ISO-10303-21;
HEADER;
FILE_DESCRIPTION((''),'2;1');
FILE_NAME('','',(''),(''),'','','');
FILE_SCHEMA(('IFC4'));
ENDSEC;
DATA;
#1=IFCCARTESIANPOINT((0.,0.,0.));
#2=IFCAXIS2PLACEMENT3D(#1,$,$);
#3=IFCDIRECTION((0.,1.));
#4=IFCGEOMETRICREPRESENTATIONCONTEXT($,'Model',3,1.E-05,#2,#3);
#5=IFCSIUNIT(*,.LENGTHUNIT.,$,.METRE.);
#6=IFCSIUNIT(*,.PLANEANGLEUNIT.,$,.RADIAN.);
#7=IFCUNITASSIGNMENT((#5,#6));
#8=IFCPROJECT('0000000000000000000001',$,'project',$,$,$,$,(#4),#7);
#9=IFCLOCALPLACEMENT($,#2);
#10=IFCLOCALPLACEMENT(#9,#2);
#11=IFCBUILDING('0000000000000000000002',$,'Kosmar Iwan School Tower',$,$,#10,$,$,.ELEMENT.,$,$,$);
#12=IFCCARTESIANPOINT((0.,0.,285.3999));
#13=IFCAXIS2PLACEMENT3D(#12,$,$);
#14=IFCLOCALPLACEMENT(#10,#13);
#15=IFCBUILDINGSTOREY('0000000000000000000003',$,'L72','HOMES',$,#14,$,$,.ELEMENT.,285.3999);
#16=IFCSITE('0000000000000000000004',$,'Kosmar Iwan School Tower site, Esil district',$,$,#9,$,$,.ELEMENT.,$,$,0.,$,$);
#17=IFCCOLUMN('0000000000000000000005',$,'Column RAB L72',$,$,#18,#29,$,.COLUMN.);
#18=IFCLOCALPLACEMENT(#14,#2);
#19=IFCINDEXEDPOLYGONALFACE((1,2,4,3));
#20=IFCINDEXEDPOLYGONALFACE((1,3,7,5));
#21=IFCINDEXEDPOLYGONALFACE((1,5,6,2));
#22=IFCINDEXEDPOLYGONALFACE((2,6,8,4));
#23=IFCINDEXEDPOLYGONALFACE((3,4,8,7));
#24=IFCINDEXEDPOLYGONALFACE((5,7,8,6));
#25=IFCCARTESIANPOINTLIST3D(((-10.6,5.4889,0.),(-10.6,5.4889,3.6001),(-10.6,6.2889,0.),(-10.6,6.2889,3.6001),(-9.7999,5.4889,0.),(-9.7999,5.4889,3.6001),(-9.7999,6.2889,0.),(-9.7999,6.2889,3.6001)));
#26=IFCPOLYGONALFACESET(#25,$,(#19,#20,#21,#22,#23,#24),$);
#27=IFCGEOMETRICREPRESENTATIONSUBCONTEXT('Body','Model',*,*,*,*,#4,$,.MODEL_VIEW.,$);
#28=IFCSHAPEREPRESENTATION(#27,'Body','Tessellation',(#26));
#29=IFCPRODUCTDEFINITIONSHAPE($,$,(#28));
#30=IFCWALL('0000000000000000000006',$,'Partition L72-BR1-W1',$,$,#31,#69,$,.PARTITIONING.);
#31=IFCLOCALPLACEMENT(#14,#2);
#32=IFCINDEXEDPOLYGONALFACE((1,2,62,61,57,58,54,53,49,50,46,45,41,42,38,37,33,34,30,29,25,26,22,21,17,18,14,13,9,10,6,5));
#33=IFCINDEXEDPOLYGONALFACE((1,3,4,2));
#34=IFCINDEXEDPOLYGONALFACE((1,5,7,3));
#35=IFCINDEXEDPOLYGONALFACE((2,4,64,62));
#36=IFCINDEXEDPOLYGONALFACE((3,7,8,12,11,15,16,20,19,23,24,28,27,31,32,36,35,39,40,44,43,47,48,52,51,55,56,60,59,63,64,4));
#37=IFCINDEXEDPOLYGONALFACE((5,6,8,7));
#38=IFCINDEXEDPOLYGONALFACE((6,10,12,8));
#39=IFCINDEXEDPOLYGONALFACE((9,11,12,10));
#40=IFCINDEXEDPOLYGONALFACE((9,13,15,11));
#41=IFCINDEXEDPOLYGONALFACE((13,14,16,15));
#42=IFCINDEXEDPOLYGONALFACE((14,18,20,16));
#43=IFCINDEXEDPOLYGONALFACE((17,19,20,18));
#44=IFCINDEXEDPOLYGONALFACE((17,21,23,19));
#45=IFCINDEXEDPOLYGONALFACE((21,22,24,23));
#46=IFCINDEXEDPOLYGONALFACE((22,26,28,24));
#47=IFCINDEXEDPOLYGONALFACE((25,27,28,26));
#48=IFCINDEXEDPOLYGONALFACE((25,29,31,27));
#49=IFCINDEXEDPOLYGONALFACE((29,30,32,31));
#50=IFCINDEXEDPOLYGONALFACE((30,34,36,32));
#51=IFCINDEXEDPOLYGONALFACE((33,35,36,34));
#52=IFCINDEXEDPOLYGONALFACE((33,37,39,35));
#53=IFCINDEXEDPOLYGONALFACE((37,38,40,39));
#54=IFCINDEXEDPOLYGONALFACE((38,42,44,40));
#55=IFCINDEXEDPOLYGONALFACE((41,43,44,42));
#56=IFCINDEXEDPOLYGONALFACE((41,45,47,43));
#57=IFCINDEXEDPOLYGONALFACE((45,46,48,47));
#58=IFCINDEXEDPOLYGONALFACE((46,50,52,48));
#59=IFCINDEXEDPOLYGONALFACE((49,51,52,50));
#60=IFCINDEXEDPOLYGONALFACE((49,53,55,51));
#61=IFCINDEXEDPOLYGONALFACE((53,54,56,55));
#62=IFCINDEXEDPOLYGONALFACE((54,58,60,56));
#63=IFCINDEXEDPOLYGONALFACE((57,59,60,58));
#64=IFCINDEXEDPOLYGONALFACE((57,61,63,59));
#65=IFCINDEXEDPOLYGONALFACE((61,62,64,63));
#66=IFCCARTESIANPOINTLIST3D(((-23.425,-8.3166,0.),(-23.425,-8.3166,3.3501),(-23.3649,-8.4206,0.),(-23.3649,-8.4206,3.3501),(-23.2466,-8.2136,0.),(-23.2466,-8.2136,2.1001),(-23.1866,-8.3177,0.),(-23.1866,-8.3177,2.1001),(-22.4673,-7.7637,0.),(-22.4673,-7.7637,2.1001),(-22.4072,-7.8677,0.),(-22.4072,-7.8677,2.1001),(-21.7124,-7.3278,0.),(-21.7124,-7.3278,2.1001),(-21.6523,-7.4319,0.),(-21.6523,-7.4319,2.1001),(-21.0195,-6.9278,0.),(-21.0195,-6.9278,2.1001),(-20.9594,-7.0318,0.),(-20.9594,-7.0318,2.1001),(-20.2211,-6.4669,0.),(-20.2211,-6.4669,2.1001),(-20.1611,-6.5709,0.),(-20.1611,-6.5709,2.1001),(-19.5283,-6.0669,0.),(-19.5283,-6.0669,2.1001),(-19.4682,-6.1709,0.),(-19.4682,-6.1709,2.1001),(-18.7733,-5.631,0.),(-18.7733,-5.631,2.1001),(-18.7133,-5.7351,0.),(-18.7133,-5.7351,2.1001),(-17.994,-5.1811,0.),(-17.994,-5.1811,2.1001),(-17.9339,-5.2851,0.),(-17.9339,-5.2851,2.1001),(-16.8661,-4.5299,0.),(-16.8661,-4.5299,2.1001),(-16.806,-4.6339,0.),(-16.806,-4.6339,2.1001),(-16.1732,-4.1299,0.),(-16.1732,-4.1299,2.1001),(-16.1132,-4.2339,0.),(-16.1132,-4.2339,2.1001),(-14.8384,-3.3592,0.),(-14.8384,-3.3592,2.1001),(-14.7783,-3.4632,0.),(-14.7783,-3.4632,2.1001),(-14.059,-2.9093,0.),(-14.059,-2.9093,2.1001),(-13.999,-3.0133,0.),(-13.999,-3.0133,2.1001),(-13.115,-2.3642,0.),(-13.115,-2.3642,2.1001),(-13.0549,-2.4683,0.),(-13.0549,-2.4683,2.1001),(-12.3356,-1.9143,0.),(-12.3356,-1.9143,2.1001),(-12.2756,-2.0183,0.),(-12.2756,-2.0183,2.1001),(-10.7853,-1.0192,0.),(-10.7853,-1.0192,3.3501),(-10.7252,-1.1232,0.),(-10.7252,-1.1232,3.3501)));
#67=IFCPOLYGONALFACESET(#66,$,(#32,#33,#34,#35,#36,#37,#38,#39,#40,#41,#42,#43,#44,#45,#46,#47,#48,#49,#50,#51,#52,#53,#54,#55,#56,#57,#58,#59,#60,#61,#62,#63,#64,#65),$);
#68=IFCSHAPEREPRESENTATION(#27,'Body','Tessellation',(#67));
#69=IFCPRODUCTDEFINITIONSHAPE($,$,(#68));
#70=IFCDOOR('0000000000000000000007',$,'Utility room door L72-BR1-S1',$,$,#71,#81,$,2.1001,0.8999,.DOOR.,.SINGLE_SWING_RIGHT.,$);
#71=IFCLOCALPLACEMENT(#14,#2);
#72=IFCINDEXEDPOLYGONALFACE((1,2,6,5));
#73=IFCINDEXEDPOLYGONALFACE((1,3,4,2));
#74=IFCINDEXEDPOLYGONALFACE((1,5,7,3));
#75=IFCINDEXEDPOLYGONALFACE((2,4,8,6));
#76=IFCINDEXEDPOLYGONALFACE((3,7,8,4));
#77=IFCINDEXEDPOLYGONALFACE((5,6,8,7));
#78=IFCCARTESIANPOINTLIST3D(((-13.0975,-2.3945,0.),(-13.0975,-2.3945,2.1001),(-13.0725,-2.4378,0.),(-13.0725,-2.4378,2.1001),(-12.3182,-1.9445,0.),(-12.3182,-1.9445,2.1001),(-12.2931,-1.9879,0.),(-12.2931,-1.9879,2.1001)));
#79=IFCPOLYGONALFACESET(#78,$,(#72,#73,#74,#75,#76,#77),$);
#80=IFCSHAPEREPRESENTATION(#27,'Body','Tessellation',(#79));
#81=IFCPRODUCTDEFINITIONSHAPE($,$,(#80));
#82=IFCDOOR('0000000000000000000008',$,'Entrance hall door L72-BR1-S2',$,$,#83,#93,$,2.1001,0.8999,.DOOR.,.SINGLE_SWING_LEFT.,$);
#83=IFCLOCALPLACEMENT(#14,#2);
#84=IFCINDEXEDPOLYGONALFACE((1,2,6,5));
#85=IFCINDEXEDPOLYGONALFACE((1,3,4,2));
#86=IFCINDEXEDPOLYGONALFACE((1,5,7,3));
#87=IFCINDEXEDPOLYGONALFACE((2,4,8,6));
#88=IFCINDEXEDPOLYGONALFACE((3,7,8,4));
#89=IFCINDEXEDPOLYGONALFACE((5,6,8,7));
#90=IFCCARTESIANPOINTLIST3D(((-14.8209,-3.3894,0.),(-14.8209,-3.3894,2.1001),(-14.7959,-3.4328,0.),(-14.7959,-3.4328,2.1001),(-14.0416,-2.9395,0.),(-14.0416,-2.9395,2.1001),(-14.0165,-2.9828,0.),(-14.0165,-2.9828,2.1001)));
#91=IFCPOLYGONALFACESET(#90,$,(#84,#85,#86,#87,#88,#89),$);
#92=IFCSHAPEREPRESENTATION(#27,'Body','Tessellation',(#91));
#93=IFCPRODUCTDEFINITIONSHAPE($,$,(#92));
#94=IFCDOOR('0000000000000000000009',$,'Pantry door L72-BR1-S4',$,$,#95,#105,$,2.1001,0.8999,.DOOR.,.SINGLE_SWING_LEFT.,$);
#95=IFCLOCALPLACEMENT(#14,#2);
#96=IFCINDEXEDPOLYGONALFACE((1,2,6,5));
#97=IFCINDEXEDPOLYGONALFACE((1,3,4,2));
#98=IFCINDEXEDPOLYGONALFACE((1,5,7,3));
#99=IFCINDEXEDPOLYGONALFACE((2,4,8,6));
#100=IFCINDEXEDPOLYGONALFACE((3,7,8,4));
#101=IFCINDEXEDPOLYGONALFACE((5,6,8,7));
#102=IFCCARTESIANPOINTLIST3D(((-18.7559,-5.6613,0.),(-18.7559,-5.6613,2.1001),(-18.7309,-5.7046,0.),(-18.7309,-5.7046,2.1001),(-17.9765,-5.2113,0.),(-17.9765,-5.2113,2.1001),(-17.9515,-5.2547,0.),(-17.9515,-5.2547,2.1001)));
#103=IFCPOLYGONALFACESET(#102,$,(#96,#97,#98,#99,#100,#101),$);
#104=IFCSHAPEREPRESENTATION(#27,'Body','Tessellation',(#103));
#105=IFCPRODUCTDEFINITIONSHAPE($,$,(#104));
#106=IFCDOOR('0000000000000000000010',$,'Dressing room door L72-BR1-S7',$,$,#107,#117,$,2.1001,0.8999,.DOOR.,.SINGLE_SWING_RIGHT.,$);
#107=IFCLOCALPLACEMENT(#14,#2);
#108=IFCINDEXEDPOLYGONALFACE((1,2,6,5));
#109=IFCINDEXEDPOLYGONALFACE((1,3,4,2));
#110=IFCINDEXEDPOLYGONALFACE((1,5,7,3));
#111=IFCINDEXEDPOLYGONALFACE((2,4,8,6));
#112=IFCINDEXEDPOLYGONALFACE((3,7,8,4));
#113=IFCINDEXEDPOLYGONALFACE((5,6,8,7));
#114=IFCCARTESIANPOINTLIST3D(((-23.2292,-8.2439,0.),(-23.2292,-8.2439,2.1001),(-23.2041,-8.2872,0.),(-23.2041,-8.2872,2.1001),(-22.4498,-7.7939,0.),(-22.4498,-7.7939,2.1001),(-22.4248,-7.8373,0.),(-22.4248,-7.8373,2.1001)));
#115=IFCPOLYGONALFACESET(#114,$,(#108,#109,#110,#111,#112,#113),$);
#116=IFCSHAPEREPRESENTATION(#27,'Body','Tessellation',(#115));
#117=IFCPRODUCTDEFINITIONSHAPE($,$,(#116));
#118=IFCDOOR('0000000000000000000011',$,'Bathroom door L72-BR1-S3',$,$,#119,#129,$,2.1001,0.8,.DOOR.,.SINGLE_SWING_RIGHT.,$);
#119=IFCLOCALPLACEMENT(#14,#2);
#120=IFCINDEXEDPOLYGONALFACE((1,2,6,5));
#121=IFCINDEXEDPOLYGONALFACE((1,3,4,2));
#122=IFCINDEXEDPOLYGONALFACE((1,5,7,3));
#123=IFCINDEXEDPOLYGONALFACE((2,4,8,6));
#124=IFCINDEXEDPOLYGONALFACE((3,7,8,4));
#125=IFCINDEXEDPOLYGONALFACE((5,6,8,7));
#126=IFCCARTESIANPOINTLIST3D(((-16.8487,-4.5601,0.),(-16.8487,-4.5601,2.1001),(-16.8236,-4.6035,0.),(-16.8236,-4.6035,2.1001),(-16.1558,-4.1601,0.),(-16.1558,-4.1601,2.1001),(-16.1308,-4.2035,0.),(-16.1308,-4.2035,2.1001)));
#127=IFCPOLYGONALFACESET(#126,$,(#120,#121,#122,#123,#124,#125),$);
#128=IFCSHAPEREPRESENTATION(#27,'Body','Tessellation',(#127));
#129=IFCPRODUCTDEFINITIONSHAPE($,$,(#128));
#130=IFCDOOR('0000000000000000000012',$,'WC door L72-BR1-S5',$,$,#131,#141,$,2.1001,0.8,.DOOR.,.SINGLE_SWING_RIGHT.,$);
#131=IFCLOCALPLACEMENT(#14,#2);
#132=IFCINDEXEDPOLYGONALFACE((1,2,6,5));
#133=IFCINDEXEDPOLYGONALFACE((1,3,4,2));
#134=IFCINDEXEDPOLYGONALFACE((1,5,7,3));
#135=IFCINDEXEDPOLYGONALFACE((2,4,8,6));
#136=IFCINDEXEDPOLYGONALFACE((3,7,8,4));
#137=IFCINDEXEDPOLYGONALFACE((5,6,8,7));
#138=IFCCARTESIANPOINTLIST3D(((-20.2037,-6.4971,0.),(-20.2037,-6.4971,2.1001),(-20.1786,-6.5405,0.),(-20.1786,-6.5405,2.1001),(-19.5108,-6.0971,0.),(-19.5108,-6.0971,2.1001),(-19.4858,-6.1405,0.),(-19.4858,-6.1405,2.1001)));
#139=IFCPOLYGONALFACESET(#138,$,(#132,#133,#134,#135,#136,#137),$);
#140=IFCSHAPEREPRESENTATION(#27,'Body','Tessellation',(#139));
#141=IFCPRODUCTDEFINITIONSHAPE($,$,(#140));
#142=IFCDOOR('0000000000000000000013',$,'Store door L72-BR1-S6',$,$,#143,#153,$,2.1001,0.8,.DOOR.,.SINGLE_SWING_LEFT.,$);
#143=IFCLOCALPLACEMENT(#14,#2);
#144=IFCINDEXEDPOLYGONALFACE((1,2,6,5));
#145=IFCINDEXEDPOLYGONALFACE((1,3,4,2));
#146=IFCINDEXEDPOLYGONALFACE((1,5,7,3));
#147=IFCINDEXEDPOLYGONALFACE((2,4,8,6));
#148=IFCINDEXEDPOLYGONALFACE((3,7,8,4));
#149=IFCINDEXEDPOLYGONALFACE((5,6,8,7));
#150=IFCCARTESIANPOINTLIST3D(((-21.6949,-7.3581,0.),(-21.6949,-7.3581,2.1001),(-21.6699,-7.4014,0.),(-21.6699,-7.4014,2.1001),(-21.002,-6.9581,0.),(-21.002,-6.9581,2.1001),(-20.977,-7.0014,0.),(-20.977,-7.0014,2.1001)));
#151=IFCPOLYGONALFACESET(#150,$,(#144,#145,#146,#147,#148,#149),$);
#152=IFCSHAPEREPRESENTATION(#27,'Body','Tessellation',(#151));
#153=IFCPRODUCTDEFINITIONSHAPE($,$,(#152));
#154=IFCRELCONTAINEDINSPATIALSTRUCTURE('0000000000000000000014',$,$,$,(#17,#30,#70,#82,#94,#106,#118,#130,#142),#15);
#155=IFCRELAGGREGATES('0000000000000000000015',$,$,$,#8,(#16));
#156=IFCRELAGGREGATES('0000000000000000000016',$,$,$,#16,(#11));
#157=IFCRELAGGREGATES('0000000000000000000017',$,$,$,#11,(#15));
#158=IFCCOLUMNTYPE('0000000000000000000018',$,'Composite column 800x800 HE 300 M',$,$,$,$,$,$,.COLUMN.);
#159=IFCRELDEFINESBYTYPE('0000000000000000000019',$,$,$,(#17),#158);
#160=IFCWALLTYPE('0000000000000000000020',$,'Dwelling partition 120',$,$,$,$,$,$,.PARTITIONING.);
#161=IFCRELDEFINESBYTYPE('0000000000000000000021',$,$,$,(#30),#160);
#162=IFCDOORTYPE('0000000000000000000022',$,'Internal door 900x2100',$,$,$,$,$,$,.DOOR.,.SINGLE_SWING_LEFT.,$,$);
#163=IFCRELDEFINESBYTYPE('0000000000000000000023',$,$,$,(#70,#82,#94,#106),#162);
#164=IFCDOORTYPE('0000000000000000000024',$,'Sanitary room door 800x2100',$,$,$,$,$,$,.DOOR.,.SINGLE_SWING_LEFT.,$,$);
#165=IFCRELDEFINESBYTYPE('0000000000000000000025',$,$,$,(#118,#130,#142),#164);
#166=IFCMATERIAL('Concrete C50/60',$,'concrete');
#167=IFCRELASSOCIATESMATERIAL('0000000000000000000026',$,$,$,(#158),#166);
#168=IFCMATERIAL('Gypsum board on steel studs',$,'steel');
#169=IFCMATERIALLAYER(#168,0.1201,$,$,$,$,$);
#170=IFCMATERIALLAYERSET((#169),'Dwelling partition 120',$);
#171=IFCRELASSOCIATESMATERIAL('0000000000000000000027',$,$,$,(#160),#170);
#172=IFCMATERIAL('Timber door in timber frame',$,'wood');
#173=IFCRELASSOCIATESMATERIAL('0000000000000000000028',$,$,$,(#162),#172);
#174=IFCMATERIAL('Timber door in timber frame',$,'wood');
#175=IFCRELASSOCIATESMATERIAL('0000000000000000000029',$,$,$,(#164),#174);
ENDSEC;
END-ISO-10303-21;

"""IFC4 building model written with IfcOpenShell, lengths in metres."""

from ifc_helpers import new_model, si_unit, direction, frame, frame_2d, origin, origin_2d, place, context, subcontext, project, spatial, rectangle, extrude, material, layer, layer_set, material_profile, profile_set, type_object, element, fill, save


model = new_model("IFC4")

# Units and contexts
model_context = context("Model", 3, precision=1e-05, world=origin(), true_north=direction((0.0, 1.0)))
body_context = subcontext(model_context, "Body", "Model", "MODEL_VIEW")
ifc_project = project(units=[si_unit("LENGTHUNIT", "METRE"), si_unit("PLANEANGLEUNIT", "RADIAN")], contexts=[model_context])

# Site, building, storey
site_placement = place(None, origin())
site = spatial("IfcSite", under=ifc_project, at=site_placement, Name="Kosmar Iwan School Tower site, Esil district", CompositionType="ELEMENT", RefElevation=0.0)
building_placement = place(site_placement, origin())
building = spatial("IfcBuilding", under=site, at=building_placement, Name="Kosmar Iwan School Tower", CompositionType="ELEMENT")
storey_placement = place(building_placement, frame((0.0, 0.0, 285.3999)))
storey = spatial("IfcBuildingStorey", under=building, at=storey_placement, Name="L72", Description="HOMES", CompositionType="ELEMENT", Elevation=285.3999)

# Column
ifc_material_1 = material(Name="Concrete C50/60", Category="concrete")
ifc_material_profile = material_profile(ifc_material_1, rectangle(XDim=0.8, YDim=0.8, at=origin_2d()), Name="RC 800x800 + HE 300 M")
ifc_profile_set = profile_set([ifc_material_profile], Name="Concrete C50/60")
column_type = type_object("IfcColumnType", Name="Composite column 800x800 HE 300 M", PredefinedType="COLUMN", material=ifc_profile_set)
column_placement = place(storey_placement, frame((-10.2, 5.8889, 0.0), z_axis=(0.0, 0.0, 1.0), x_axis=(1.0, 0.0, 0.0)))
element("IfcColumn", 1, at=column_placement, inside=storey, type_object=column_type, Name="Column RAB L72", PredefinedType="COLUMN", context=body_context, shape_type="SweptSolid", body=[
    extrude(rectangle(XDim=0.8, YDim=0.8, at=origin_2d()), origin(), (0.0, 0.0, 1.0), 3.6001),
])

# Wall, openings, doors
ifc_material_2 = material(Name="Gypsum board on steel studs", Category="steel")
ifc_layer_1 = layer(ifc_material_2, 0.1201)
ifc_layer_set_1 = layer_set([ifc_layer_1], Name="Dwelling partition 120")
wall_type_1 = type_object("IfcWallType", Name="Dwelling partition 120", PredefinedType="PARTITIONING", material=ifc_layer_set_1)
wall_1_placement = place(storey_placement, frame((-10.7554, -1.0713, 0.0), z_axis=(0.0, 0.0, 1.0), x_axis=(-0.86603, -0.499993, 0.0)))
wall_1 = element("IfcWall", 2, at=wall_1_placement, inside=storey, type_object=wall_type_1, Name="Partition L72-BR1-W1", PredefinedType="PARTITIONING", context=body_context, shape_type="SweptSolid", body=[
    extrude(rectangle(XDim=14.595, YDim=0.1201, at=frame_2d((7.2974, 0.0))), origin(), (0.0, 0.0, 1.0), 3.3501),
])
opening_1_placement = place(wall_1_placement, frame((1.79, 0.0, 0.0)))
opening_1 = element("IfcOpeningElement", 3, at=opening_1_placement, cuts=wall_1, PredefinedType="OPENING", context=body_context, shape_type="SweptSolid", body=[
    extrude(rectangle(XDim=0.8999, YDim=2.1001, at=frame_2d((0.45, 1.05))), frame((0.0, 0.072, 0.0), z_axis=(0.0, -1.0, 0.0), x_axis=(1.0, 0.0, 0.0)), (0.0, 0.0, 1.0), 0.144),
])
opening_2_placement = place(wall_1_placement, frame((3.78, 0.0, 0.0)))
opening_2 = element("IfcOpeningElement", 4, at=opening_2_placement, cuts=wall_1, PredefinedType="OPENING", context=body_context, shape_type="SweptSolid", body=[
    extrude(rectangle(XDim=0.8999, YDim=2.1001, at=frame_2d((0.45, 1.05))), frame((0.0, 0.072, 0.0), z_axis=(0.0, -1.0, 0.0), x_axis=(1.0, 0.0, 0.0)), (0.0, 0.0, 1.0), 0.144),
])
opening_3_placement = place(wall_1_placement, frame((6.2214, 0.0, 0.0)))
opening_3 = element("IfcOpeningElement", 5, at=opening_3_placement, cuts=wall_1, PredefinedType="OPENING", context=body_context, shape_type="SweptSolid", body=[
    extrude(rectangle(XDim=0.8, YDim=2.1001, at=frame_2d((0.3999, 1.05))), frame((0.0, 0.072, 0.0), z_axis=(0.0, -1.0, 0.0), x_axis=(1.0, 0.0, 0.0)), (0.0, 0.0, 1.0), 0.144),
])
opening_4_placement = place(wall_1_placement, frame((8.3237, 0.0, 0.0)))
opening_4 = element("IfcOpeningElement", 6, at=opening_4_placement, cuts=wall_1, PredefinedType="OPENING", context=body_context, shape_type="SweptSolid", body=[
    extrude(rectangle(XDim=0.8999, YDim=2.1001, at=frame_2d((0.45, 1.05))), frame((0.0, 0.072, 0.0), z_axis=(0.0, -1.0, 0.0), x_axis=(1.0, 0.0, 0.0)), (0.0, 0.0, 1.0), 0.144),
])
opening_5_placement = place(wall_1_placement, frame((10.0955, 0.0, 0.0)))
opening_5 = element("IfcOpeningElement", 7, at=opening_5_placement, cuts=wall_1, PredefinedType="OPENING", context=body_context, shape_type="SweptSolid", body=[
    extrude(rectangle(XDim=0.8, YDim=2.1001, at=frame_2d((0.3999, 1.05))), frame((0.0, 0.072, 0.0), z_axis=(0.0, -1.0, 0.0), x_axis=(1.0, 0.0, 0.0)), (0.0, 0.0, 1.0), 0.144),
])
opening_6_placement = place(wall_1_placement, frame((11.8174, 0.0, 0.0)))
opening_6 = element("IfcOpeningElement", 8, at=opening_6_placement, cuts=wall_1, PredefinedType="OPENING", context=body_context, shape_type="SweptSolid", body=[
    extrude(rectangle(XDim=0.8, YDim=2.1001, at=frame_2d((0.3999, 1.05))), frame((0.0, 0.072, 0.0), z_axis=(0.0, -1.0, 0.0), x_axis=(1.0, 0.0, 0.0)), (0.0, 0.0, 1.0), 0.144),
])
opening_7_placement = place(wall_1_placement, frame((13.489, 0.0, 0.0)))
opening_7 = element("IfcOpeningElement", 9, at=opening_7_placement, cuts=wall_1, PredefinedType="OPENING", context=body_context, shape_type="SweptSolid", body=[
    extrude(rectangle(XDim=0.8999, YDim=2.1001, at=frame_2d((0.45, 1.05))), frame((0.0, 0.072, 0.0), z_axis=(0.0, -1.0, 0.0), x_axis=(1.0, 0.0, 0.0)), (0.0, 0.0, 1.0), 0.144),
])
ifc_material_3 = material(Name="Timber door in timber frame", Category="wood")
door_type_1 = type_object("IfcDoorType", Name="Internal door 900x2100", OperationType="SINGLE_SWING_LEFT", PredefinedType="DOOR", material=ifc_material_3)
door_1_placement = place(opening_1_placement, origin())
door_1 = element("IfcDoor", 10, at=door_1_placement, inside=storey, type_object=door_type_1, Name="Utility room door L72-BR1-S1", OperationType="SINGLE_SWING_RIGHT", OverallHeight=2.1001, OverallWidth=0.8999, PredefinedType="DOOR", context=body_context, shape_type="SweptSolid", body=[
    extrude(rectangle(XDim=0.8999, YDim=2.1001, at=frame_2d((0.45, 1.05))), frame((0.0, 0.0249, 0.0), z_axis=(0.0, -1.0, 0.0), x_axis=(1.0, 0.0, 0.0)), (0.0, 0.0, 1.0), 0.05),
])
fill(opening_1, door_1)
door_2_placement = place(opening_2_placement, origin())
door_2 = element("IfcDoor", 11, at=door_2_placement, inside=storey, type_object=door_type_1, Name="Entrance hall door L72-BR1-S2", OperationType="SINGLE_SWING_LEFT", OverallHeight=2.1001, OverallWidth=0.8999, PredefinedType="DOOR", context=body_context, shape_type="SweptSolid", body=[
    extrude(rectangle(XDim=0.8999, YDim=2.1001, at=frame_2d((0.45, 1.05))), frame((0.0, 0.0249, 0.0), z_axis=(0.0, -1.0, 0.0), x_axis=(1.0, 0.0, 0.0)), (0.0, 0.0, 1.0), 0.05),
])
fill(opening_2, door_2)
door_3_placement = place(opening_4_placement, origin())
door_3 = element("IfcDoor", 12, at=door_3_placement, inside=storey, type_object=door_type_1, Name="Pantry door L72-BR1-S4", OperationType="SINGLE_SWING_LEFT", OverallHeight=2.1001, OverallWidth=0.8999, PredefinedType="DOOR", context=body_context, shape_type="SweptSolid", body=[
    extrude(rectangle(XDim=0.8999, YDim=2.1001, at=frame_2d((0.45, 1.05))), frame((0.0, 0.0249, 0.0), z_axis=(0.0, -1.0, 0.0), x_axis=(1.0, 0.0, 0.0)), (0.0, 0.0, 1.0), 0.05),
])
fill(opening_4, door_3)
door_4_placement = place(opening_7_placement, origin())
door_4 = element("IfcDoor", 13, at=door_4_placement, inside=storey, type_object=door_type_1, Name="Dressing room door L72-BR1-S7", OperationType="SINGLE_SWING_RIGHT", OverallHeight=2.1001, OverallWidth=0.8999, PredefinedType="DOOR", context=body_context, shape_type="SweptSolid", body=[
    extrude(rectangle(XDim=0.8999, YDim=2.1001, at=frame_2d((0.45, 1.05))), frame((0.0, 0.0249, 0.0), z_axis=(0.0, -1.0, 0.0), x_axis=(1.0, 0.0, 0.0)), (0.0, 0.0, 1.0), 0.05),
])
fill(opening_7, door_4)
ifc_material_4 = material(Name="Timber door in timber frame", Category="wood")
door_type_2 = type_object("IfcDoorType", Name="Sanitary room door 800x2100", OperationType="SINGLE_SWING_LEFT", PredefinedType="DOOR", material=ifc_material_4)
door_5_placement = place(opening_3_placement, origin())
door_5 = element("IfcDoor", 14, at=door_5_placement, inside=storey, type_object=door_type_2, Name="Bathroom door L72-BR1-S3", OperationType="SINGLE_SWING_RIGHT", OverallHeight=2.1001, OverallWidth=0.8, PredefinedType="DOOR", context=body_context, shape_type="SweptSolid", body=[
    extrude(rectangle(XDim=0.8, YDim=2.1001, at=frame_2d((0.3999, 1.05))), frame((0.0, 0.0249, 0.0), z_axis=(0.0, -1.0, 0.0), x_axis=(1.0, 0.0, 0.0)), (0.0, 0.0, 1.0), 0.05),
])
fill(opening_3, door_5)
door_6_placement = place(opening_5_placement, origin())
door_6 = element("IfcDoor", 15, at=door_6_placement, inside=storey, type_object=door_type_2, Name="WC door L72-BR1-S5", OperationType="SINGLE_SWING_RIGHT", OverallHeight=2.1001, OverallWidth=0.8, PredefinedType="DOOR", context=body_context, shape_type="SweptSolid", body=[
    extrude(rectangle(XDim=0.8, YDim=2.1001, at=frame_2d((0.3999, 1.05))), frame((0.0, 0.0249, 0.0), z_axis=(0.0, -1.0, 0.0), x_axis=(1.0, 0.0, 0.0)), (0.0, 0.0, 1.0), 0.05),
])
fill(opening_5, door_6)
door_7_placement = place(opening_6_placement, origin())
door_7 = element("IfcDoor", 16, at=door_7_placement, inside=storey, type_object=door_type_2, Name="Store door L72-BR1-S6", OperationType="SINGLE_SWING_LEFT", OverallHeight=2.1001, OverallWidth=0.8, PredefinedType="DOOR", context=body_context, shape_type="SweptSolid", body=[
    extrude(rectangle(XDim=0.8, YDim=2.1001, at=frame_2d((0.3999, 1.05))), frame((0.0, 0.0249, 0.0), z_axis=(0.0, -1.0, 0.0), x_axis=(1.0, 0.0, 0.0)), (0.0, 0.0, 1.0), 0.05),
])
fill(opening_6, door_7)

save(model, "model.ifc")
